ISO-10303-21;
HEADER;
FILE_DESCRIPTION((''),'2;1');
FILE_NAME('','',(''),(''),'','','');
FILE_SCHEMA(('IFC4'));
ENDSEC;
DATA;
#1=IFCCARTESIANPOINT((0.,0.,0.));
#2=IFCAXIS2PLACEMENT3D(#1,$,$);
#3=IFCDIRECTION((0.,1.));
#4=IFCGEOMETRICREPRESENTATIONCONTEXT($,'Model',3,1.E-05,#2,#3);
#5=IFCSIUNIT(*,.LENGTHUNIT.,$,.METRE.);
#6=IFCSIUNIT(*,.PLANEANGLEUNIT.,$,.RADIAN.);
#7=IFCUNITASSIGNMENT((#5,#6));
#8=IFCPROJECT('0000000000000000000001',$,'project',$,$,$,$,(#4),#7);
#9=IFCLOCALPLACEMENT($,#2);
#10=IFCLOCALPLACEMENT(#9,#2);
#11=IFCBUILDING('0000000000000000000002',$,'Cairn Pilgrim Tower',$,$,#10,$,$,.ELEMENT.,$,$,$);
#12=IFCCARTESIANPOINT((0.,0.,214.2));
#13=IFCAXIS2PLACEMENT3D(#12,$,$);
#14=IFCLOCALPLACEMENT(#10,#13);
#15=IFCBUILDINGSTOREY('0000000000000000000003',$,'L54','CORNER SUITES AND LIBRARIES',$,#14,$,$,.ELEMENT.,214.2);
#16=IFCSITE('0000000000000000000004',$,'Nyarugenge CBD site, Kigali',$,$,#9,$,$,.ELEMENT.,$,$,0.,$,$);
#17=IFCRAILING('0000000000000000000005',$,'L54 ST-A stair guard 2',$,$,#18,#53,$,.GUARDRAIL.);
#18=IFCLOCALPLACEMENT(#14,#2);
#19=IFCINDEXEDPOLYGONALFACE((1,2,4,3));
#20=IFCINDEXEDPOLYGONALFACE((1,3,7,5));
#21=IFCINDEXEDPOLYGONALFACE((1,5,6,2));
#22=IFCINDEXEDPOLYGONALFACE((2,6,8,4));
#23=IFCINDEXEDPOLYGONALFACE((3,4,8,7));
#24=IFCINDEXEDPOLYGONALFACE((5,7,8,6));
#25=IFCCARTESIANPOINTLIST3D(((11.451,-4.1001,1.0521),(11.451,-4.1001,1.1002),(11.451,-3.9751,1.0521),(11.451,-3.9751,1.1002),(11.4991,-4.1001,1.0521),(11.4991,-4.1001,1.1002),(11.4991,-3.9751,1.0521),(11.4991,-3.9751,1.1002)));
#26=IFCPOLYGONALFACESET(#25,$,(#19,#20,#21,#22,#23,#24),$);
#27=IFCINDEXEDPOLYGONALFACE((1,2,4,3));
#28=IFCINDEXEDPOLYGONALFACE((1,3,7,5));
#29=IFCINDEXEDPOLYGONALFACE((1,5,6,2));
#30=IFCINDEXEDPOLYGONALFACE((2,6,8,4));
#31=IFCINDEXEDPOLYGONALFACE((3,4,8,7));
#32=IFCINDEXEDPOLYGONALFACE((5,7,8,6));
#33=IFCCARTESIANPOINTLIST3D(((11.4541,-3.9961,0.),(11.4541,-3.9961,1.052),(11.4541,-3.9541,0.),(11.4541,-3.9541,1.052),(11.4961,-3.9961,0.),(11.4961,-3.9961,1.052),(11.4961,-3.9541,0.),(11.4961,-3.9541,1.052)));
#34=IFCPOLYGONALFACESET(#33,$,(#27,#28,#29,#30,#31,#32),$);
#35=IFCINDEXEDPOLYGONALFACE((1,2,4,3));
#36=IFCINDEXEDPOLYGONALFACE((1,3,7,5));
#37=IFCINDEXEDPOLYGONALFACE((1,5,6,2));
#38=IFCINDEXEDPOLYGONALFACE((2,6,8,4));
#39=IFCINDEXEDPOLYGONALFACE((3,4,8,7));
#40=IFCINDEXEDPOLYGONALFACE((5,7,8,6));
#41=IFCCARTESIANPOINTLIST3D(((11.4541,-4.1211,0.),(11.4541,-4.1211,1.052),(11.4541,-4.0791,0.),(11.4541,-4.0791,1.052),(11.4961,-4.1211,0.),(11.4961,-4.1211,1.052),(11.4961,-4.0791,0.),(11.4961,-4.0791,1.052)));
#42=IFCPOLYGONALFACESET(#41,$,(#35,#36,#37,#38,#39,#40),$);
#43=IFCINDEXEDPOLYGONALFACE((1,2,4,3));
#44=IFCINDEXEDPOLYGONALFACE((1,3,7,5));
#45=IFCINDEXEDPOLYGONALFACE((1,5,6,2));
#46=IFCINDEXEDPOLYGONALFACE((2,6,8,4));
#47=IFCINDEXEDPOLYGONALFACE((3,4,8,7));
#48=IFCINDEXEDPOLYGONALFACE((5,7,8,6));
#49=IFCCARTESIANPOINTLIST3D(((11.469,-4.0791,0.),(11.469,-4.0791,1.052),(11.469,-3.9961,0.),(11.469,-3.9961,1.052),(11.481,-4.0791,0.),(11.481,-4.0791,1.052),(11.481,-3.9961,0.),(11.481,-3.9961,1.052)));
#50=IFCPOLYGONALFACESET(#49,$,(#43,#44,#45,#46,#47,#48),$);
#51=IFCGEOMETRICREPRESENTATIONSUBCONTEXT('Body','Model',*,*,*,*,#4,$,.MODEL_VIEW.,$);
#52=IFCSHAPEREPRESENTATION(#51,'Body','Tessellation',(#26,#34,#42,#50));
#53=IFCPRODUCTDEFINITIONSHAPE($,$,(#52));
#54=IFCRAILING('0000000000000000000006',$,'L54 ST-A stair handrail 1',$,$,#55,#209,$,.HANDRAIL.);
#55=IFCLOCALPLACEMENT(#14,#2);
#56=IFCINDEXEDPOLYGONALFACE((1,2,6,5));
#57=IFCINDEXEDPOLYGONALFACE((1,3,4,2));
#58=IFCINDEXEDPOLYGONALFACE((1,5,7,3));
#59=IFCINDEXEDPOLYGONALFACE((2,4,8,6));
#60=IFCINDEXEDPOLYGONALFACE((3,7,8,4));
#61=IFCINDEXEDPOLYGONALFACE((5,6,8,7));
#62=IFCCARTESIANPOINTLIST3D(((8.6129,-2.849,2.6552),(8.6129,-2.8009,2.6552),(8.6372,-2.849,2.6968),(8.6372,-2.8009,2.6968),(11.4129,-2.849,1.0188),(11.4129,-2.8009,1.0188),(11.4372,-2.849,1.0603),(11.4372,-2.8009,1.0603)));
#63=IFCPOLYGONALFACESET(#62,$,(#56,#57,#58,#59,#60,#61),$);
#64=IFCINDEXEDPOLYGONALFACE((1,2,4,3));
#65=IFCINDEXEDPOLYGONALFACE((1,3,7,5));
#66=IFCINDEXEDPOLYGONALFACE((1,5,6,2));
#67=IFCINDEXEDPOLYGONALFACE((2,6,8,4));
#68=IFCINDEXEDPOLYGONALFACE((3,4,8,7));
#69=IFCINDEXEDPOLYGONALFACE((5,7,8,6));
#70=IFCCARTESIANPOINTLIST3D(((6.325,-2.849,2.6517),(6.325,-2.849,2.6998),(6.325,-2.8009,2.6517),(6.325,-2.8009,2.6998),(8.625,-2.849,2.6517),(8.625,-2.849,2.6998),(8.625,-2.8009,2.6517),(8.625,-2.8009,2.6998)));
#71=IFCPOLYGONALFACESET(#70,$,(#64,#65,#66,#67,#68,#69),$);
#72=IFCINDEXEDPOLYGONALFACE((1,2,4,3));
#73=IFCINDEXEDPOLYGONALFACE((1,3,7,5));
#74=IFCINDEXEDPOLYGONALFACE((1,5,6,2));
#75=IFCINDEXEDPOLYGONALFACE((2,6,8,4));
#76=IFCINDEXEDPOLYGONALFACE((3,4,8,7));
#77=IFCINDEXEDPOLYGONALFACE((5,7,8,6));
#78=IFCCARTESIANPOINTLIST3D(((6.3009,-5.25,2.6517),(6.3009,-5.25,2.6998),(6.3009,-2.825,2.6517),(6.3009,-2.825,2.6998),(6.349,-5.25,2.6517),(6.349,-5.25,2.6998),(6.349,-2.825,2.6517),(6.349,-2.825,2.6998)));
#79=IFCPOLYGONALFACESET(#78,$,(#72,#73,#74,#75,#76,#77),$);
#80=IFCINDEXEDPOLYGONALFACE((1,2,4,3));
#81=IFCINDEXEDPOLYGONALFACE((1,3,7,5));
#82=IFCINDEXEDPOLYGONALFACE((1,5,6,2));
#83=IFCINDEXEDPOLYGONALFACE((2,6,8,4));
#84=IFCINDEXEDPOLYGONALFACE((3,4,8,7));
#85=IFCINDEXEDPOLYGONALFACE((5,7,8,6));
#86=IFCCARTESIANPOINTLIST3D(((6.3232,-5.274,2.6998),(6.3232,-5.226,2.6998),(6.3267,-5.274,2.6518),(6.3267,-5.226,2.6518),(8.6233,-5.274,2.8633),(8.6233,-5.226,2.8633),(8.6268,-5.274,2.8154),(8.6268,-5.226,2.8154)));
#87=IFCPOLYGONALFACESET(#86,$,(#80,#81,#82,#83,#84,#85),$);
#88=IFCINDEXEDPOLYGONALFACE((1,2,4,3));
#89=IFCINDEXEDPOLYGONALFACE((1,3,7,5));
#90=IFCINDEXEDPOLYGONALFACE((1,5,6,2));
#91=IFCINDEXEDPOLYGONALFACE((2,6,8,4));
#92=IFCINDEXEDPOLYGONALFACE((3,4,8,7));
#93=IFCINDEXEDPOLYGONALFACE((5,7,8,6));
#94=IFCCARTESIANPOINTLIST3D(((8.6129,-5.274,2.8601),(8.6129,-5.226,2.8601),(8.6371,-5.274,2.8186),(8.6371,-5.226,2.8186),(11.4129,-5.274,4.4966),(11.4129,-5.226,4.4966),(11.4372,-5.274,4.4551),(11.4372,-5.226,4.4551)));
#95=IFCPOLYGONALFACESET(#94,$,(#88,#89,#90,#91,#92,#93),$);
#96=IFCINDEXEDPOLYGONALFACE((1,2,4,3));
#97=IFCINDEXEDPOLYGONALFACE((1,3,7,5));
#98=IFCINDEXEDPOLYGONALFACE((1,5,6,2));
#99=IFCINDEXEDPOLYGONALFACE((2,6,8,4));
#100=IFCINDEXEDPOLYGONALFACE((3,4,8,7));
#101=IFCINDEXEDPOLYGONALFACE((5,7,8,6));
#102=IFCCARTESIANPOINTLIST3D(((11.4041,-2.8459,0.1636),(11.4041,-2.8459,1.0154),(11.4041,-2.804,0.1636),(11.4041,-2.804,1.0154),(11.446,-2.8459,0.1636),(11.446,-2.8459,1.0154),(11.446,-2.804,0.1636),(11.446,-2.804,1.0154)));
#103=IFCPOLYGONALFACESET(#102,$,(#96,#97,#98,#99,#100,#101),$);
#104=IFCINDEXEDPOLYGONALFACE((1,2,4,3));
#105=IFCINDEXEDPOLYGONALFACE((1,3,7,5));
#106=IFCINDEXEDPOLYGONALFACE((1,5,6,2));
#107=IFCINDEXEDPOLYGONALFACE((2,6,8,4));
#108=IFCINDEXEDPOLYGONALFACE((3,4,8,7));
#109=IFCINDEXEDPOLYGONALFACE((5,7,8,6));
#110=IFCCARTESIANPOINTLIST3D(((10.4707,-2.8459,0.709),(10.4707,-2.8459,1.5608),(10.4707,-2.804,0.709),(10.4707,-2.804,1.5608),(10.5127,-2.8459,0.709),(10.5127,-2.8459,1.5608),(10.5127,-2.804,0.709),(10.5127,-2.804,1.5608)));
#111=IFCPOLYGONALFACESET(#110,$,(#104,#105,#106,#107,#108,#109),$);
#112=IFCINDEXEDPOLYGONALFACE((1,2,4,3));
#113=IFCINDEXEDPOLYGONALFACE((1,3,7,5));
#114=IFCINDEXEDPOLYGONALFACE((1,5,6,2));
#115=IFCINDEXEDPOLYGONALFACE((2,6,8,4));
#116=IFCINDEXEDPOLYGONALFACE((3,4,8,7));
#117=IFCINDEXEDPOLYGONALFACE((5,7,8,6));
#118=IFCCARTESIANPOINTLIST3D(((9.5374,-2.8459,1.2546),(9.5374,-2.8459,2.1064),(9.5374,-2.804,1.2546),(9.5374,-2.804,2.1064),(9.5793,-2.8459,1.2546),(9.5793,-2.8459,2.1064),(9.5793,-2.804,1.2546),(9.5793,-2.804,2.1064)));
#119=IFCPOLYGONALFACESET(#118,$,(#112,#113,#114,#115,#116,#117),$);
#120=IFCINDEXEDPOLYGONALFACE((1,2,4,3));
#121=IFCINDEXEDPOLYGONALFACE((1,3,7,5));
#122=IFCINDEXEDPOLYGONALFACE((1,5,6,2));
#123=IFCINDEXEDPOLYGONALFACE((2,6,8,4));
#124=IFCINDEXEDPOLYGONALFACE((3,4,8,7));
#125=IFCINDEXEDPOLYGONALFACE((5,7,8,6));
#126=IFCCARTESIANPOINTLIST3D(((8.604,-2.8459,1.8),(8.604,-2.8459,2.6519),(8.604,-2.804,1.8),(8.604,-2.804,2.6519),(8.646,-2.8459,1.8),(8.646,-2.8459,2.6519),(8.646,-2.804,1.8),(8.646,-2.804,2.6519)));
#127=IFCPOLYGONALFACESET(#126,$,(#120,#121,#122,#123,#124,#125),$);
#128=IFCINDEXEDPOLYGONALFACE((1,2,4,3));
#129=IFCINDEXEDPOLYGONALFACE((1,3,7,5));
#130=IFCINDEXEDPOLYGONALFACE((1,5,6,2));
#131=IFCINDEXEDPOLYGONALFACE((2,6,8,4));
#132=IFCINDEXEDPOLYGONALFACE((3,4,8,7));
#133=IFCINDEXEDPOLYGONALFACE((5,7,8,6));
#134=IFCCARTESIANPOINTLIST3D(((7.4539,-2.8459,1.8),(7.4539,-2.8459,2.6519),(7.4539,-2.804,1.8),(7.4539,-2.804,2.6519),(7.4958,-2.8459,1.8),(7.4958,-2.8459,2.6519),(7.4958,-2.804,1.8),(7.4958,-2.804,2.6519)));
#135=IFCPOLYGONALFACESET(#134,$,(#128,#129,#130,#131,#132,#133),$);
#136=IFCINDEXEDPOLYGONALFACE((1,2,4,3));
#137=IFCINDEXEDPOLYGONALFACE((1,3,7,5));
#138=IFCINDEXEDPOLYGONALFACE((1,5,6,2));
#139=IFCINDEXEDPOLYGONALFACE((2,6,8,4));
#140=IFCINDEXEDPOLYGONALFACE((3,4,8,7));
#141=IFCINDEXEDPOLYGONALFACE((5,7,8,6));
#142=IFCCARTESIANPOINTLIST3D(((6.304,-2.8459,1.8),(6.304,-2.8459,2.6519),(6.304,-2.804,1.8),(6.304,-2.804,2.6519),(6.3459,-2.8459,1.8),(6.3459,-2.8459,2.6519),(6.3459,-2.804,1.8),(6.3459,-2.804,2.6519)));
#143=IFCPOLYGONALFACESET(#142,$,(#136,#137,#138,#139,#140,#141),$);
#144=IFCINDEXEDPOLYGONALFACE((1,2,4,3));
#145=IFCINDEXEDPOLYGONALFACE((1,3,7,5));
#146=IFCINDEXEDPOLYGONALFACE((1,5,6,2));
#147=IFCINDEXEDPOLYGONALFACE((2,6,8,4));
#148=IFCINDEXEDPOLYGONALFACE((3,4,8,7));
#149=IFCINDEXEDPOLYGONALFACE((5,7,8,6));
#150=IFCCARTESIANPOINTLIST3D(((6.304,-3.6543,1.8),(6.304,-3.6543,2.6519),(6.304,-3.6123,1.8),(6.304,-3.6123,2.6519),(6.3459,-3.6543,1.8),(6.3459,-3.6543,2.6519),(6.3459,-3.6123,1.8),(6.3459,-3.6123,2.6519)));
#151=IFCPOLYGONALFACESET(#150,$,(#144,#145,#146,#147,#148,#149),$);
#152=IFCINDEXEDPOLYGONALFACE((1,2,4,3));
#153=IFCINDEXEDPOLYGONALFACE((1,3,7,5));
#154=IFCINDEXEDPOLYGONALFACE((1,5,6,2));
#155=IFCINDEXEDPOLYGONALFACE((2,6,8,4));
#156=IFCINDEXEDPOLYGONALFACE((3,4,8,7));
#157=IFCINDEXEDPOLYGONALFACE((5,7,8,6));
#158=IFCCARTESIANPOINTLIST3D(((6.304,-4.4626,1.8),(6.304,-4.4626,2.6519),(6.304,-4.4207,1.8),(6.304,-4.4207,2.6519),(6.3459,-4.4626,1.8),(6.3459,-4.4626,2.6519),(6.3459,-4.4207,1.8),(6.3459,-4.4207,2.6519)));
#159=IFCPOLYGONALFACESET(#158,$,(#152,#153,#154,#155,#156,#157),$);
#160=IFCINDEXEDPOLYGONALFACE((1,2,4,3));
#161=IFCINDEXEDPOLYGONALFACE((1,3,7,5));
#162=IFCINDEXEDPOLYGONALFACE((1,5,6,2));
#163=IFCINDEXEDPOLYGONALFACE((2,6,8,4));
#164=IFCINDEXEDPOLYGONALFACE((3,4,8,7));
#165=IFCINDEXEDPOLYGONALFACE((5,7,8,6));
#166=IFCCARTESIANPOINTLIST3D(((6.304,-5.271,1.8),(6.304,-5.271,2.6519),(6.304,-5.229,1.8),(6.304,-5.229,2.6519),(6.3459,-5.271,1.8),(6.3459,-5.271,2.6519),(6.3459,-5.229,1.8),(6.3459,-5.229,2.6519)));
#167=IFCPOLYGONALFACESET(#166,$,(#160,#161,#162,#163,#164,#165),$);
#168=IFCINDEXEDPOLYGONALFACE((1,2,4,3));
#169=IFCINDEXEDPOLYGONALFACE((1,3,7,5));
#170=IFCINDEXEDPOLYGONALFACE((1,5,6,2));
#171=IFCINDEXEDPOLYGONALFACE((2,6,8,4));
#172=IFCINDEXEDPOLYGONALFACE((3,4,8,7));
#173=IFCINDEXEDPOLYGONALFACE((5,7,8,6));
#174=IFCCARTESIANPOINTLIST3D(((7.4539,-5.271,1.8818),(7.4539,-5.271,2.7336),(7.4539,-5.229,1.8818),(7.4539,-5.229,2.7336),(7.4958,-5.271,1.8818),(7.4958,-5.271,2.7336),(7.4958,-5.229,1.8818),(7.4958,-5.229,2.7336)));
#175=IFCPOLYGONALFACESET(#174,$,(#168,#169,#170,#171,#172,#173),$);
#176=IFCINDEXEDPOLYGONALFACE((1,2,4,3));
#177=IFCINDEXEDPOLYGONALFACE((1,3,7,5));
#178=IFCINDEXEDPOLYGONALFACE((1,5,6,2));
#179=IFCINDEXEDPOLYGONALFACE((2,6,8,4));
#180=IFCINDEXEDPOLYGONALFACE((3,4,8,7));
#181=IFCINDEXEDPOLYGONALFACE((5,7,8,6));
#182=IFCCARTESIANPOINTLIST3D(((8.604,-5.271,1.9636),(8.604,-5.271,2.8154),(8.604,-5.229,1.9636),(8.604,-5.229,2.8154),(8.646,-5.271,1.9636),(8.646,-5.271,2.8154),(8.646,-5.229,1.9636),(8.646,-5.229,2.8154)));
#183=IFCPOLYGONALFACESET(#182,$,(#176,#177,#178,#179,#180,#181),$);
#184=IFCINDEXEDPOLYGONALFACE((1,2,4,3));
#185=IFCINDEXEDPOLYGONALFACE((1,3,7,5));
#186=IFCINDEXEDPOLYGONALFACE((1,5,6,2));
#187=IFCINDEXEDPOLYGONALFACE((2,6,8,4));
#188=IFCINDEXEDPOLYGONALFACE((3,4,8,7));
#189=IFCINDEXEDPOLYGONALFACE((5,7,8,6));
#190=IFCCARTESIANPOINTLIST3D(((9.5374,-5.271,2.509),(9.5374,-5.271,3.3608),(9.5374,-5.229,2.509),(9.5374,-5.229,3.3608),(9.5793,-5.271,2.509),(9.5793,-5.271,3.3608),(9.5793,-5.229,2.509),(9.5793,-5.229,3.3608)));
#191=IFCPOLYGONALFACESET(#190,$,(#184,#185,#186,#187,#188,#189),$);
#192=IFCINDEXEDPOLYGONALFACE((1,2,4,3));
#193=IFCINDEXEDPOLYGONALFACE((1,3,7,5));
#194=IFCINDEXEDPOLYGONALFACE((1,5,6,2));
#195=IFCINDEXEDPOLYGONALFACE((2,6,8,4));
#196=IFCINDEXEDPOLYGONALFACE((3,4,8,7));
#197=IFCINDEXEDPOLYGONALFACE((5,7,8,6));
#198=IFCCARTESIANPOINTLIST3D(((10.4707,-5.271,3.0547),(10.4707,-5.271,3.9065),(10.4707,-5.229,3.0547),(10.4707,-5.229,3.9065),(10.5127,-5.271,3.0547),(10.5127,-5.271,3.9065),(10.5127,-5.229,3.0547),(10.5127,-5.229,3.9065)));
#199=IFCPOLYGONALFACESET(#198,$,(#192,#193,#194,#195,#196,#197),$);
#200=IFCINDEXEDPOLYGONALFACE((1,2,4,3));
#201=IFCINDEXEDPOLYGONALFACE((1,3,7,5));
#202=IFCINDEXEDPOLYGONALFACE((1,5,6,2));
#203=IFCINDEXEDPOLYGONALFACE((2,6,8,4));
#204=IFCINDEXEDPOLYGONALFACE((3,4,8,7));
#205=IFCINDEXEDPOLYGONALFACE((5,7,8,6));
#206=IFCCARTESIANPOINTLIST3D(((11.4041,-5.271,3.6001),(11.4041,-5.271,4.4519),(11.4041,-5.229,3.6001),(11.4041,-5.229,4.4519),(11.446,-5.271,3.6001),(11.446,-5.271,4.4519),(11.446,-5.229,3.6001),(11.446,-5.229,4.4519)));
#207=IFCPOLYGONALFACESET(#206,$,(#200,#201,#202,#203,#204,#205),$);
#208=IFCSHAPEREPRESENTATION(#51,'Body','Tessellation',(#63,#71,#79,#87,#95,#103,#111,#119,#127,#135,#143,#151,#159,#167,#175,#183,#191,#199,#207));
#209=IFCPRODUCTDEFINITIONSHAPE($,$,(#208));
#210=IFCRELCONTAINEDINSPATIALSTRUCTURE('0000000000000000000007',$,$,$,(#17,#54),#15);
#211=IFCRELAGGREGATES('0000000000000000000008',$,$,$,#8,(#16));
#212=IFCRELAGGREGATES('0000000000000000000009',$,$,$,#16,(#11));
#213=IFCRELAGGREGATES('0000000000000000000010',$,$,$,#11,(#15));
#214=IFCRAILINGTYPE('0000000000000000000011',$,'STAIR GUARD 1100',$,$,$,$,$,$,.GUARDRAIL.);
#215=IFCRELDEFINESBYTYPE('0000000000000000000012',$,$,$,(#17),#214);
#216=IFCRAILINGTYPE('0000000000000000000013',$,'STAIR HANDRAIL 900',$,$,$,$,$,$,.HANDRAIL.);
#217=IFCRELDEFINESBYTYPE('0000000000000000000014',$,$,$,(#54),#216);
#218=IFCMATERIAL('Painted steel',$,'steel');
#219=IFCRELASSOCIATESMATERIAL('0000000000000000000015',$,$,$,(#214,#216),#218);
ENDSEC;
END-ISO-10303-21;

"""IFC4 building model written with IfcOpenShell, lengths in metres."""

from ifc_helpers import new_model, si_unit, direction, frame, origin, origin_2d, place, context, subcontext, project, spatial, polyline, rectangle, outline, extrude, material, type_object, element, save


model = new_model("IFC4")

# Units and contexts
model_context = context("Model", 3, precision=1e-05, world=origin(), true_north=direction((0.0, 1.0)))
body_context = subcontext(model_context, "Body", "Model", "MODEL_VIEW")
ifc_project = project(units=[si_unit("LENGTHUNIT", "METRE"), si_unit("PLANEANGLEUNIT", "RADIAN")], contexts=[model_context])

# Site, building, storey
site_placement = place(None, origin())
site = spatial("IfcSite", under=ifc_project, at=site_placement, Name="Nyarugenge CBD site, Kigali", CompositionType="ELEMENT", RefElevation=0.0)
building_placement = place(site_placement, origin())
building = spatial("IfcBuilding", under=site, at=building_placement, Name="Cairn Pilgrim Tower", CompositionType="ELEMENT")
storey_placement = place(building_placement, frame((0.0, 0.0, 214.2)))
storey = spatial("IfcBuildingStorey", under=building, at=storey_placement, Name="L54", Description="CORNER SUITES AND LIBRARIES", CompositionType="ELEMENT", Elevation=214.2)

# Shared definitions
ifc_material_1 = material(Name="Painted steel", Category="steel")

# Railings
railing_type_1 = type_object("IfcRailingType", Name="STAIR GUARD 1100", PredefinedType="GUARDRAIL", material=ifc_material_1)
railing_1_placement = place(storey_placement, frame((11.4751, -3.9751, 0.0)))
element("IfcRailing", 1, at=railing_1_placement, inside=storey, type_object=railing_type_1, Name="L54 ST-A stair guard 2", PredefinedType="GUARDRAIL", context=body_context, shape_type="SweptSolid", body=[
    extrude(rectangle(XDim=0.0481, YDim=0.0481, at=origin_2d()), frame((0.0, 0.0, 1.0762), z_axis=(0.0, -1.0, 0.0), x_axis=(1.0, 0.0, 0.0)), (0.0, 0.0, 1.0), 0.125),
    extrude(rectangle(XDim=0.042, YDim=0.042, at=origin_2d()), origin(), (0.0, 0.0, 1.0), 1.052),
    extrude(rectangle(XDim=0.042, YDim=0.042, at=origin_2d()), frame((0.0, -0.125, 0.0)), (0.0, 0.0, 1.0), 1.052),
    extrude(outline(polyline([(0.021, 0.0), (0.104, 0.0), (0.104, 1.052), (0.021, 1.052), (0.021, 0.0)])), frame((0.0059, 0.0, 0.0), z_axis=(-1.0, 0.0, 0.0), x_axis=(0.0, -1.0, 0.0)), (0.0, 0.0, 1.0), 0.012),
])
railing_type_2 = type_object("IfcRailingType", Name="STAIR HANDRAIL 900", PredefinedType="HANDRAIL", material=ifc_material_1)
railing_2_placement = place(storey_placement, frame((11.425, -2.825, 0.1636)))
element("IfcRailing", 2, at=railing_2_placement, inside=storey, type_object=railing_type_2, Name="L54 ST-A stair handrail 1", PredefinedType="HANDRAIL", context=body_context, shape_type="SweptSolid", body=[
    extrude(rectangle(XDim=0.0481, YDim=0.0481, at=origin_2d()), frame((0.0, 0.0, 0.876), z_axis=(-0.863361, 0.0, 0.504587), x_axis=(0.0, -1.0, 0.0)), (0.0, 0.0, 1.0), 3.2432),
    extrude(rectangle(XDim=0.0481, YDim=0.0481, at=origin_2d()), frame((-2.8, 0.0, 2.5122), z_axis=(-1.0, 0.0, 0.0), x_axis=(0.0, -1.0, 0.0)), (0.0, 0.0, 1.0), 2.3),
    extrude(rectangle(XDim=0.0481, YDim=0.0481, at=origin_2d()), frame((-5.1001, 0.0, 2.5122), z_axis=(0.0, -1.0, 0.0), x_axis=(1.0, 0.0, 0.0)), (0.0, 0.0, 1.0), 2.425),
    extrude(rectangle(XDim=0.0481, YDim=0.0481, at=origin_2d()), frame((-5.1001, -2.425, 2.5122), z_axis=(0.997481, 0.0, 0.070939), x_axis=(0.0, 1.0, 0.0)), (0.0, 0.0, 1.0), 2.3059),
    extrude(rectangle(XDim=0.0481, YDim=0.0481, at=origin_2d()), frame((-2.8, -2.425, 2.6758), z_axis=(0.863361, 0.0, 0.504587), x_axis=(0.0, 1.0, 0.0)), (0.0, 0.0, 1.0), 3.2432),
    extrude(rectangle(XDim=0.042, YDim=0.042, at=origin_2d()), origin(), (0.0, 0.0, 1.0), 0.8518),
    extrude(rectangle(XDim=0.042, YDim=0.042, at=origin_2d()), frame((-0.9333, 0.0, 0.5454)), (0.0, 0.0, 1.0), 0.8518),
    extrude(rectangle(XDim=0.042, YDim=0.042, at=origin_2d()), frame((-1.8667, 0.0, 1.0911)), (0.0, 0.0, 1.0), 0.8518),
    extrude(rectangle(XDim=0.042, YDim=0.042, at=origin_2d()), frame((-2.8, 0.0, 1.6365)), (0.0, 0.0, 1.0), 0.8518),
    extrude(rectangle(XDim=0.042, YDim=0.042, at=origin_2d()), frame((-3.9502, 0.0, 1.6365)), (0.0, 0.0, 1.0), 0.8518),
    extrude(rectangle(XDim=0.042, YDim=0.042, at=origin_2d()), frame((-5.1001, 0.0, 1.6365)), (0.0, 0.0, 1.0), 0.8518),
    extrude(rectangle(XDim=0.042, YDim=0.042, at=origin_2d()), frame((-5.1001, -0.8083, 1.6365)), (0.0, 0.0, 1.0), 0.8518),
    extrude(rectangle(XDim=0.042, YDim=0.042, at=origin_2d()), frame((-5.1001, -1.6167, 1.6365)), (0.0, 0.0, 1.0), 0.8518),
    extrude(rectangle(XDim=0.042, YDim=0.042, at=origin_2d()), frame((-5.1001, -2.425, 1.6365)), (0.0, 0.0, 1.0), 0.8518),
    extrude(rectangle(XDim=0.042, YDim=0.042, at=origin_2d()), frame((-3.9502, -2.425, 1.7183)), (0.0, 0.0, 1.0), 0.8518),
    extrude(rectangle(XDim=0.042, YDim=0.042, at=origin_2d()), frame((-2.8, -2.425, 1.8)), (0.0, 0.0, 1.0), 0.8518),
    extrude(rectangle(XDim=0.042, YDim=0.042, at=origin_2d()), frame((-1.8667, -2.425, 2.3455)), (0.0, 0.0, 1.0), 0.8518),
    extrude(rectangle(XDim=0.042, YDim=0.042, at=origin_2d()), frame((-0.9333, -2.425, 2.8911)), (0.0, 0.0, 1.0), 0.8518),
    extrude(rectangle(XDim=0.042, YDim=0.042, at=origin_2d()), frame((0.0, -2.425, 3.4365)), (0.0, 0.0, 1.0), 0.8518),
])

save(model, "model.ifc")
